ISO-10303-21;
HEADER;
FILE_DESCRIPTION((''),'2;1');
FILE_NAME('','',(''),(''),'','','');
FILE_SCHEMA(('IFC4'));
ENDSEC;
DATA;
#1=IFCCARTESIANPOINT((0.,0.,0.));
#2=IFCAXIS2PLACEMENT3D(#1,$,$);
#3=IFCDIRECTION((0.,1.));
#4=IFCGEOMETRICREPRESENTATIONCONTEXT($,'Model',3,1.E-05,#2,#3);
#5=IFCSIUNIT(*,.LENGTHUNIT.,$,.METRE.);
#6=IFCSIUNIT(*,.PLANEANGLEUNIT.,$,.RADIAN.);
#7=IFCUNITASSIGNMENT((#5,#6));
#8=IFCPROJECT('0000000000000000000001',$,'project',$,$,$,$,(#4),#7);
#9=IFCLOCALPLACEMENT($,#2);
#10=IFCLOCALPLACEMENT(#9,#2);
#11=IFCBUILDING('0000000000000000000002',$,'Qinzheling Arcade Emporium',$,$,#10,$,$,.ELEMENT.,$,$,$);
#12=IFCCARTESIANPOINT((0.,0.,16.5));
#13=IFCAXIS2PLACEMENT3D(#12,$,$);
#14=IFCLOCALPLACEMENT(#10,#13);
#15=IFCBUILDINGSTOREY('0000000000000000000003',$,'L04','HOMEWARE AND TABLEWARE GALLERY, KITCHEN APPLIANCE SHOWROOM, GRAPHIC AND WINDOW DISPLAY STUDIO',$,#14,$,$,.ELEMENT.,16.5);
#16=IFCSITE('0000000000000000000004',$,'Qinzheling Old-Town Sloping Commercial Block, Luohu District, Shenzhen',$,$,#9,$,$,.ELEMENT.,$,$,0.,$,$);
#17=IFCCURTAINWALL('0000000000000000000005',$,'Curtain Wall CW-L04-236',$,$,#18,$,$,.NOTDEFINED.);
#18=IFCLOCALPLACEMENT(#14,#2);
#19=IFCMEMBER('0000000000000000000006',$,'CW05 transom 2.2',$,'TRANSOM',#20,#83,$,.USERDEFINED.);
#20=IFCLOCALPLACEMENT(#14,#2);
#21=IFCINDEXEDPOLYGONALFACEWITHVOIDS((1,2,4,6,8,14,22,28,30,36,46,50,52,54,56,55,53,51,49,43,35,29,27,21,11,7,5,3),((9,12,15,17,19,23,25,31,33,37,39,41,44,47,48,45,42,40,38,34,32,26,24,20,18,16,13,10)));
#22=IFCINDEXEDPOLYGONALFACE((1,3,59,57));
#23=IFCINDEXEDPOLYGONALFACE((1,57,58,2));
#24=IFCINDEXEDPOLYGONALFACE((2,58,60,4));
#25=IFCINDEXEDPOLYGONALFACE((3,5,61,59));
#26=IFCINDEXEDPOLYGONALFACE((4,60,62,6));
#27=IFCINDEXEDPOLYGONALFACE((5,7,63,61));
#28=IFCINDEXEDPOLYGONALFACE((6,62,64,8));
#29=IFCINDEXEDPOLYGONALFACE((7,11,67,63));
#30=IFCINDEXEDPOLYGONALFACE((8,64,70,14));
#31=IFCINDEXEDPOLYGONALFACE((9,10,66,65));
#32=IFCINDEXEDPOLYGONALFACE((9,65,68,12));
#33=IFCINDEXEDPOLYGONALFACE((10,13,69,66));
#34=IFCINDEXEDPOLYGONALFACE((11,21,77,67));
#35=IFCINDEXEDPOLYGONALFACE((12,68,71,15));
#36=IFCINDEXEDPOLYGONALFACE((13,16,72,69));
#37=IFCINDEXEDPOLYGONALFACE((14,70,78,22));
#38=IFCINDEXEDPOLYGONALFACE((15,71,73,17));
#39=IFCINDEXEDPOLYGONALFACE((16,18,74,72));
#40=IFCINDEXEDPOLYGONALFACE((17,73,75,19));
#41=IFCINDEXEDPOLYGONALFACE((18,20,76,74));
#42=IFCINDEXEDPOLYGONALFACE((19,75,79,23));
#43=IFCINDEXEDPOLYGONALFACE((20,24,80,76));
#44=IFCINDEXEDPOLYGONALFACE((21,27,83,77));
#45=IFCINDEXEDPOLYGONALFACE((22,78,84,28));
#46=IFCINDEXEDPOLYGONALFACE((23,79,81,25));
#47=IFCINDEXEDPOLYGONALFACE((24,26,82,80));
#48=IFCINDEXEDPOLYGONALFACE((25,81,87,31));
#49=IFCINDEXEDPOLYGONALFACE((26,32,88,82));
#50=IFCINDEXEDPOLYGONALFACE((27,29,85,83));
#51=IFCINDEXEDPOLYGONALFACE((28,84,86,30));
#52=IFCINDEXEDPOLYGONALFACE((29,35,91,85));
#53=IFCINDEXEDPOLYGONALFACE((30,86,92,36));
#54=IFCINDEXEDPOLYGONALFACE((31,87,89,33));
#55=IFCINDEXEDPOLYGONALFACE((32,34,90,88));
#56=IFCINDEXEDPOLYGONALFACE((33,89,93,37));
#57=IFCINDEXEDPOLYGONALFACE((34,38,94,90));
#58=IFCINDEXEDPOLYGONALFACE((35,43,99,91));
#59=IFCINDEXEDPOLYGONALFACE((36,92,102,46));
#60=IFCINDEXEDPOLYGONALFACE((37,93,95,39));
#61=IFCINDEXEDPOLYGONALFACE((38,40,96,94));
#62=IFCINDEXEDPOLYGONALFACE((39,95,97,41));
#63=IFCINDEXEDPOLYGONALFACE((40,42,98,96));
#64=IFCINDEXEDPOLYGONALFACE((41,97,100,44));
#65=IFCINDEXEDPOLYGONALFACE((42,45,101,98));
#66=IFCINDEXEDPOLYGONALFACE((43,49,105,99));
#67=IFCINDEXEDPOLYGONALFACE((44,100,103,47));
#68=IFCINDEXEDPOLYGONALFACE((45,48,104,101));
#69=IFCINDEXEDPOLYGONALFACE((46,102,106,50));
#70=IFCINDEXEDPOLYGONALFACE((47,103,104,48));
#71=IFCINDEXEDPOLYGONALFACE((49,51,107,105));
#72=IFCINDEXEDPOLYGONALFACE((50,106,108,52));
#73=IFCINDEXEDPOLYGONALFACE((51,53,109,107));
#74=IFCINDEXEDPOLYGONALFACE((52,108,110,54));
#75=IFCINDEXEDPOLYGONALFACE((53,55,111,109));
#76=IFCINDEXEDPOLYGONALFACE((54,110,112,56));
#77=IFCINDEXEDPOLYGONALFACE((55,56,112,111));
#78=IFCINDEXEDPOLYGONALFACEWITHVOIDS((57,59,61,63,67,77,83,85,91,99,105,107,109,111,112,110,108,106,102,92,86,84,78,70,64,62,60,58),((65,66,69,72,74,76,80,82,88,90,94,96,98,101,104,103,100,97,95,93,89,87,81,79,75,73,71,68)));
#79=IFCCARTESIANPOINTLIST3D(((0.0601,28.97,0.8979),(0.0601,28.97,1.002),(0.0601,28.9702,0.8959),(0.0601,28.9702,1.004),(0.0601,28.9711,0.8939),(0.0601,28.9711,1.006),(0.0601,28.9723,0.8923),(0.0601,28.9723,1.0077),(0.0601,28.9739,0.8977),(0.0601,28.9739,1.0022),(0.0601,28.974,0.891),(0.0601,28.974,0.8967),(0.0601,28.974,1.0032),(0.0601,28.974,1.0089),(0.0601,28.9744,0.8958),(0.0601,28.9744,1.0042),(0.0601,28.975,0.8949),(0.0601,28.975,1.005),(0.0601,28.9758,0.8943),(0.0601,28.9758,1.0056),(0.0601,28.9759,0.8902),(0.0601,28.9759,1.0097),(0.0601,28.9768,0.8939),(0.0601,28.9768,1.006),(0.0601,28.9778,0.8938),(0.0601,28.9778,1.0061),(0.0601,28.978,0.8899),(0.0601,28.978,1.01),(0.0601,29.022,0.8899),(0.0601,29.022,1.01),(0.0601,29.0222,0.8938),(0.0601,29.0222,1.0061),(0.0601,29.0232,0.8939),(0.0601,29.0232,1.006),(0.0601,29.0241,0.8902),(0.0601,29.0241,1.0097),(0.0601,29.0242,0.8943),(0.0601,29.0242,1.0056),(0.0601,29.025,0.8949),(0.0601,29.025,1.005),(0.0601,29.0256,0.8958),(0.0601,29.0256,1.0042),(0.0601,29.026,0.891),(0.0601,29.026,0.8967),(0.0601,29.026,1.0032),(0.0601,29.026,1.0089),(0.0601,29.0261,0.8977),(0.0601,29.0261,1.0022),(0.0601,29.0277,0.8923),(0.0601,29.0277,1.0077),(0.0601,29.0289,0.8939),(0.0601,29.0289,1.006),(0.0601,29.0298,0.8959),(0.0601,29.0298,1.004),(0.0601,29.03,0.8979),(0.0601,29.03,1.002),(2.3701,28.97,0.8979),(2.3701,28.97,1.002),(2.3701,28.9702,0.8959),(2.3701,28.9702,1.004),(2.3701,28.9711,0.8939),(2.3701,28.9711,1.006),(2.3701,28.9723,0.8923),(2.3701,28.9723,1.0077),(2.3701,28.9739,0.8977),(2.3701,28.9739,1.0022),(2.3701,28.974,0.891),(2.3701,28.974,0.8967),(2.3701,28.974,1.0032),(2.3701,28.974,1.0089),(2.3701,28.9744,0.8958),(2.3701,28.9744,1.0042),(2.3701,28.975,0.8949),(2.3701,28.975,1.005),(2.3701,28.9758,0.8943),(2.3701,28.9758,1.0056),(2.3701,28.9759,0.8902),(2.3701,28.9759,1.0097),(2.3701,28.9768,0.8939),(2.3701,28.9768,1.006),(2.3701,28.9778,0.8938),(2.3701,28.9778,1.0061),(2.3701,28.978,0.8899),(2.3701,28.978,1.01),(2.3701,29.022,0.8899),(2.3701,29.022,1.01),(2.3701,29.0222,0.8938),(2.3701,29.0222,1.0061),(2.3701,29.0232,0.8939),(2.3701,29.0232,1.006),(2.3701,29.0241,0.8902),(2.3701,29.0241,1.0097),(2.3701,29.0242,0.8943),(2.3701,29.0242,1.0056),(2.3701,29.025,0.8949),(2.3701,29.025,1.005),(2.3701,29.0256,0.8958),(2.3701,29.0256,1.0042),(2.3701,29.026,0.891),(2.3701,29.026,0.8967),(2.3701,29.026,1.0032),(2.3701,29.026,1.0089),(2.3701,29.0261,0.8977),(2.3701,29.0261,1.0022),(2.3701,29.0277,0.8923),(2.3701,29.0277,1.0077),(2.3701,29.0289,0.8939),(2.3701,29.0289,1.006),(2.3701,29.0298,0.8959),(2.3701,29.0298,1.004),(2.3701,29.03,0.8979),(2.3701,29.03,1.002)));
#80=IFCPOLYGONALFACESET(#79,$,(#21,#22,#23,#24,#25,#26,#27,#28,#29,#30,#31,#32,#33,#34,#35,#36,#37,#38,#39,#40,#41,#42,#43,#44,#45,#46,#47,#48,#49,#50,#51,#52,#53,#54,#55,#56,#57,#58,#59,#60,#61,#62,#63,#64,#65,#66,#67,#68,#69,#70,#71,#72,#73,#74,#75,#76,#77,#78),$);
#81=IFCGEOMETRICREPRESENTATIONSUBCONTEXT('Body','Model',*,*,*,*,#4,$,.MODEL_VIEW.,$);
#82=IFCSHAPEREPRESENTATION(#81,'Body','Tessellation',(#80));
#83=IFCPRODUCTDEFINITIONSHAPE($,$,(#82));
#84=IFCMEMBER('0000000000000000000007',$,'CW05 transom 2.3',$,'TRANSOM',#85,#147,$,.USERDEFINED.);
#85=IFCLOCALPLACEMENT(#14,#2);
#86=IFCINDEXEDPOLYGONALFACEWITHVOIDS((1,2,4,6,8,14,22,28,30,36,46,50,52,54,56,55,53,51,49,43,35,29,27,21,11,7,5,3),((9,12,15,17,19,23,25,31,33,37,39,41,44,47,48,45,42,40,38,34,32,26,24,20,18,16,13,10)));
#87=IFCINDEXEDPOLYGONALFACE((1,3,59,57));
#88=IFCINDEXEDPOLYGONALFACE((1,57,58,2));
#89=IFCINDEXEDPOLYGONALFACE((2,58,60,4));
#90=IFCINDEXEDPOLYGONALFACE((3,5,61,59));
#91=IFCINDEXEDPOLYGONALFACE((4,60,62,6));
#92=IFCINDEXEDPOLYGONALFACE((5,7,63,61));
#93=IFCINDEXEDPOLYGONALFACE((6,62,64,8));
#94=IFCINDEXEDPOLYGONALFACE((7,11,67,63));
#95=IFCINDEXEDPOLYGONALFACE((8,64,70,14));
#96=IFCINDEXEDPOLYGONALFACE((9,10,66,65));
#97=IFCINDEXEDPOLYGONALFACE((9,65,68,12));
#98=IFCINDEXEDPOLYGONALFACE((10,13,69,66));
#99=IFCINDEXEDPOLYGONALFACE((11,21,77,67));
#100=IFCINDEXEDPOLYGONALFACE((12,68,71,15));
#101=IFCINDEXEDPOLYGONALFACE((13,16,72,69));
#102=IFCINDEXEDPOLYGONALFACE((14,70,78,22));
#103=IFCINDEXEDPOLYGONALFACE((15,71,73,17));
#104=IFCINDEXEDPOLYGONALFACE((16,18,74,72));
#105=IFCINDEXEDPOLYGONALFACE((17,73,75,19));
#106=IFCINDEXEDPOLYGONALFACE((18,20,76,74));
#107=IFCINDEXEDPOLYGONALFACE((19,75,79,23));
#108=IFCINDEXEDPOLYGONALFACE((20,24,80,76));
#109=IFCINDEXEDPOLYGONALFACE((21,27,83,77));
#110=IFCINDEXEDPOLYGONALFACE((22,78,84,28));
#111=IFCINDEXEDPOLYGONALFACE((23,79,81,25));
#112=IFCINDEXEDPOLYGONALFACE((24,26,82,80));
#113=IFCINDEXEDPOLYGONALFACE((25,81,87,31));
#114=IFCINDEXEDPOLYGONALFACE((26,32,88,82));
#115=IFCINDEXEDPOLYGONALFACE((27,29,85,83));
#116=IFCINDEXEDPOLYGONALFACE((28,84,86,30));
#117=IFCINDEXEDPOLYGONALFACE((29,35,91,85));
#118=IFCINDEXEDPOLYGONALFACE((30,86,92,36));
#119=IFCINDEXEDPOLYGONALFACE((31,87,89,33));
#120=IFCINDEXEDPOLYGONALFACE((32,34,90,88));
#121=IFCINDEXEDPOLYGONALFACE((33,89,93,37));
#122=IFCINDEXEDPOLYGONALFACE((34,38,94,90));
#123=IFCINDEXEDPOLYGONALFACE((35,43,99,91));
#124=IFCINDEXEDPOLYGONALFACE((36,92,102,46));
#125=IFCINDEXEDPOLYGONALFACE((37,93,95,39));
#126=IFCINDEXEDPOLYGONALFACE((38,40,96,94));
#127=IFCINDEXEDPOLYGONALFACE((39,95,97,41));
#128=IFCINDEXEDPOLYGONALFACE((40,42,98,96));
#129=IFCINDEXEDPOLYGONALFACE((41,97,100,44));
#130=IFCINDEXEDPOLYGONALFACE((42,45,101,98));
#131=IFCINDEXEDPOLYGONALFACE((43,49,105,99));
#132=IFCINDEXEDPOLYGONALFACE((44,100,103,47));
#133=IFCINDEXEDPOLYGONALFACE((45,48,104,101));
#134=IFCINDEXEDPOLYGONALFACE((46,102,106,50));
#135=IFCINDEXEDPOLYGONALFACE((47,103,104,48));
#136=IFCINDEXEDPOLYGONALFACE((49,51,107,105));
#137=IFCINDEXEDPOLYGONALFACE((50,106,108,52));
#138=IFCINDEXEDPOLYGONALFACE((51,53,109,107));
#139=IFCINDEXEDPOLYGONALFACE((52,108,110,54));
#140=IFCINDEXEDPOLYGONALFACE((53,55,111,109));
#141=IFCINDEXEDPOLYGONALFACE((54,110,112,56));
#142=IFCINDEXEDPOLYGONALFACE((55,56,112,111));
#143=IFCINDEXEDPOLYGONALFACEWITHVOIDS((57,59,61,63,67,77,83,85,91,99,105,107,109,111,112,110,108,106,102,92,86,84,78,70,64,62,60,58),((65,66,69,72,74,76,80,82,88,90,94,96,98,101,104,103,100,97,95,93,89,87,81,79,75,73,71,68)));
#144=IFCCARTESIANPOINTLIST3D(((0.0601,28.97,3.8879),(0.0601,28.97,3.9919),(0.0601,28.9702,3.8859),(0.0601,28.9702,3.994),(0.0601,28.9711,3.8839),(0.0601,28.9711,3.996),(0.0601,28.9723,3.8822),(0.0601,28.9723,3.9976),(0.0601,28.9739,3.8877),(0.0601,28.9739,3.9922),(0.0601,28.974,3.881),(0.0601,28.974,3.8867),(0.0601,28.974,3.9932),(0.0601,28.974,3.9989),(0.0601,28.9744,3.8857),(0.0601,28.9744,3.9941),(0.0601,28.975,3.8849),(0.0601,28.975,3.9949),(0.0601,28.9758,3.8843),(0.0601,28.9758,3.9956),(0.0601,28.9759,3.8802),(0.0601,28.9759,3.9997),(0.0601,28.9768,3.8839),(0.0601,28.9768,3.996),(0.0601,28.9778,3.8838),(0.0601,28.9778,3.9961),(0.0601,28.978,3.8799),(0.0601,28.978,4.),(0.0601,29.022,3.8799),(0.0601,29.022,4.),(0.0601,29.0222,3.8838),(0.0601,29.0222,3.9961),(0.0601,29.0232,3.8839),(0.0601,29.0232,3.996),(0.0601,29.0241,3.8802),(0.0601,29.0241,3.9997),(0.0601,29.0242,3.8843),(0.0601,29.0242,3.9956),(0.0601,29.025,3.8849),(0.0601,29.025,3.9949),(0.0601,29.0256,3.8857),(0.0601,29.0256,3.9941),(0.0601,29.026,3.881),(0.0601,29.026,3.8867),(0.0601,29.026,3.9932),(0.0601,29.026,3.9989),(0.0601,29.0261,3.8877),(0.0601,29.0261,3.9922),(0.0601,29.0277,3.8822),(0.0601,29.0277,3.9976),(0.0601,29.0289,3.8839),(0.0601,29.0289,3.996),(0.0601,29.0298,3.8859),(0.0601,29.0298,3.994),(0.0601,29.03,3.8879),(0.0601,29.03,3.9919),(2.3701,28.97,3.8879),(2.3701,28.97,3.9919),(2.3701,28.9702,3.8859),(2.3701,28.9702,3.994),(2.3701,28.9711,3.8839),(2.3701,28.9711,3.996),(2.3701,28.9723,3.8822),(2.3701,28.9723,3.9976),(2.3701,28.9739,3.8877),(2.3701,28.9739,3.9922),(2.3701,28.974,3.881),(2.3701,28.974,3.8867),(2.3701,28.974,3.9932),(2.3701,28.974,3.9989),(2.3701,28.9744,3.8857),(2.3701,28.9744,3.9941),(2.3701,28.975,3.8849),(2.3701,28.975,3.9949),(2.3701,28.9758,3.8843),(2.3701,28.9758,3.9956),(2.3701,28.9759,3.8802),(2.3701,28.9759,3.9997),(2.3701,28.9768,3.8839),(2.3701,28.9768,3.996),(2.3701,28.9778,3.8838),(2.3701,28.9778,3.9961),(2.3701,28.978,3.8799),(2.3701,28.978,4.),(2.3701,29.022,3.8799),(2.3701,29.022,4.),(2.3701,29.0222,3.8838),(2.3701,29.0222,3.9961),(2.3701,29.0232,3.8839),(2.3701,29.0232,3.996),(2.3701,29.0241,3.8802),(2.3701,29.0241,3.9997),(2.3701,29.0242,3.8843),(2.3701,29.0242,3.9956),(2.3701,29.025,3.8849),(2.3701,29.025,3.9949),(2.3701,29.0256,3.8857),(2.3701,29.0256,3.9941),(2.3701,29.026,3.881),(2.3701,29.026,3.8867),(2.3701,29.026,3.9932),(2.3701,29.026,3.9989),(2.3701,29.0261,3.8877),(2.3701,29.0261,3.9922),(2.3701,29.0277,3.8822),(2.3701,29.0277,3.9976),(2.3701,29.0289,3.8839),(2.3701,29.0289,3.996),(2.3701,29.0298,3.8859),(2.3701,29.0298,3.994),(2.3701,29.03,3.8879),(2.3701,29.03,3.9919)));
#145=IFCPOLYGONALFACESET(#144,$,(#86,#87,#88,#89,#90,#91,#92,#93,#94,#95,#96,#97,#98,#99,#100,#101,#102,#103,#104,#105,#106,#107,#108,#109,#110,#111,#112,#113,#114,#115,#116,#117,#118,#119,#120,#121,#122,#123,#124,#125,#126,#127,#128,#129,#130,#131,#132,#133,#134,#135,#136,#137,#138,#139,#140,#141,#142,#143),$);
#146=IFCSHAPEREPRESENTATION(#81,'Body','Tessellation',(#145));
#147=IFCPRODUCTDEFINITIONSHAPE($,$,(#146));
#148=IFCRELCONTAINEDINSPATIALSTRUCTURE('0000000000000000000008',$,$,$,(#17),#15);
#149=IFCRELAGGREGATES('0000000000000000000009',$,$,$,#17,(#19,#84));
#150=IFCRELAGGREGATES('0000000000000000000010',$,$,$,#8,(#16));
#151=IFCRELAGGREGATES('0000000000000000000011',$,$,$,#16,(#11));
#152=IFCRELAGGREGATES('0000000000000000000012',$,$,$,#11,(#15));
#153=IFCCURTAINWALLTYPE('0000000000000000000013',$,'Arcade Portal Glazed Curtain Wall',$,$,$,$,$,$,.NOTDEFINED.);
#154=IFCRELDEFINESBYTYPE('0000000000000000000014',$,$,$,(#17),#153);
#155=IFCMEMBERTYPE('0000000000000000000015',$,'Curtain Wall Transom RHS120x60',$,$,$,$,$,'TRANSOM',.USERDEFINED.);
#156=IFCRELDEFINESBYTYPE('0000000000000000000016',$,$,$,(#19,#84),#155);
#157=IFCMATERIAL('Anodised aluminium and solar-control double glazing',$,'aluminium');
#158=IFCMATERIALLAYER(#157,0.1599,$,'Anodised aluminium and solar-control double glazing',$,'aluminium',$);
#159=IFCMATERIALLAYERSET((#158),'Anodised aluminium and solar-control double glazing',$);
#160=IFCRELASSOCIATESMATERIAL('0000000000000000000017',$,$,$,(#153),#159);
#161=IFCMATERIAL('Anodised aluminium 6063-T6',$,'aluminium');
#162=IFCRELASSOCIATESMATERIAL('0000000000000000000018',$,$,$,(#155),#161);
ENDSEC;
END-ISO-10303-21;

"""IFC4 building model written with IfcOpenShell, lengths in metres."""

from ifc_helpers import new_model, si_unit, direction, frame, origin, origin_2d, place, context, subcontext, project, spatial, hollow_rectangle, extrude, material, layer, layer_set, material_profile, profile_set, type_object, element, aggregate, save


model = new_model("IFC4")

# Units and contexts
model_context = context("Model", 3, precision=1e-05, world=origin(), true_north=direction((0.0, 1.0)))
body_context = subcontext(model_context, "Body", "Model", "MODEL_VIEW")
ifc_project = project(units=[si_unit("LENGTHUNIT", "METRE"), si_unit("PLANEANGLEUNIT", "RADIAN")], contexts=[model_context])

# Site, building, storey
site_placement = place(None, origin())
site = spatial("IfcSite", under=ifc_project, at=site_placement, Name="Qinzheling Old-Town Sloping Commercial Block, Luohu District, Shenzhen", CompositionType="ELEMENT", RefElevation=0.0)
building_placement = place(site_placement, origin())
building = spatial("IfcBuilding", under=site, at=building_placement, Name="Qinzheling Arcade Emporium", CompositionType="ELEMENT")
storey_placement = place(building_placement, frame((0.0, 0.0, 16.5)))
storey = spatial("IfcBuildingStorey", under=building, at=storey_placement, Name="L04", Description="HOMEWARE AND TABLEWARE GALLERY, KITCHEN APPLIANCE SHOWROOM, GRAPHIC AND WINDOW DISPLAY STUDIO", CompositionType="ELEMENT", Elevation=16.5)

# Shared definitions
ifc_material_1 = material(Name="Anodised aluminium and solar-control double glazing", Category="aluminium")
ifc_layer_1 = layer(ifc_material_1, 0.1599, Name="Anodised aluminium and solar-control double glazing", Category="aluminium")
ifc_layer_set_1 = layer_set([ifc_layer_1], Name="Anodised aluminium and solar-control double glazing")
curtain_wall_type = type_object("IfcCurtainWallType", Name="Arcade Portal Glazed Curtain Wall", PredefinedType="NOTDEFINED", material=ifc_layer_set_1)
ifc_material_2 = material(Name="Anodised aluminium 6063-T6", Category="aluminium")

# Curtain wall
curtain_wall_1_placement = place(storey_placement, origin())
curtain_wall_1 = element("IfcCurtainWall", 1, at=curtain_wall_1_placement, inside=storey, type_object=curtain_wall_type, Name="Curtain Wall CW-L04-236", PredefinedType="NOTDEFINED")

# Members
ifc_material_profile_1 = material_profile(ifc_material_2, hollow_rectangle(XDim=0.0601, YDim=0.1201, WallThickness=0.0039, InnerFilletRadius=0.0039, OuterFilletRadius=0.0081, at=origin_2d()), Name="RHS 120x60x4", Category="aluminium")
ifc_profile_set_1 = profile_set([ifc_material_profile_1], Name="Anodised aluminium 6063-T6")
member_type_1 = type_object("IfcMemberType", Name="Curtain Wall Transom RHS120x60", ElementType="TRANSOM", PredefinedType="USERDEFINED", material=ifc_profile_set_1)
member_1_placement = place(storey_placement, frame((2.3701, 29.0, 0.95), z_axis=(-1.0, 0.0, 0.0), x_axis=(0.0, -1.0, 0.0)))
member_1 = element("IfcMember", 2, at=member_1_placement, type_object=member_type_1, Name="CW05 transom 2.2", ObjectType="TRANSOM", PredefinedType="USERDEFINED", context=body_context, shape_type="SweptSolid", body=[
    extrude(hollow_rectangle(XDim=0.0601, YDim=0.1201, WallThickness=0.0039, InnerFilletRadius=0.0039, OuterFilletRadius=0.0081, at=origin_2d()), origin(), (0.0, 0.0, 1.0), 2.3101),
])
member_2_placement = place(storey_placement, frame((2.3701, 29.0, 3.9399), z_axis=(-1.0, 0.0, 0.0), x_axis=(0.0, -1.0, 0.0)))
member_2 = element("IfcMember", 3, at=member_2_placement, type_object=member_type_1, Name="CW05 transom 2.3", ObjectType="TRANSOM", PredefinedType="USERDEFINED", context=body_context, shape_type="SweptSolid", body=[
    extrude(hollow_rectangle(XDim=0.0601, YDim=0.1201, WallThickness=0.0039, InnerFilletRadius=0.0039, OuterFilletRadius=0.0081, at=origin_2d()), origin(), (0.0, 0.0, 1.0), 2.3101),
])

aggregate(curtain_wall_1, [member_1, member_2])

save(model, "model.ifc")
